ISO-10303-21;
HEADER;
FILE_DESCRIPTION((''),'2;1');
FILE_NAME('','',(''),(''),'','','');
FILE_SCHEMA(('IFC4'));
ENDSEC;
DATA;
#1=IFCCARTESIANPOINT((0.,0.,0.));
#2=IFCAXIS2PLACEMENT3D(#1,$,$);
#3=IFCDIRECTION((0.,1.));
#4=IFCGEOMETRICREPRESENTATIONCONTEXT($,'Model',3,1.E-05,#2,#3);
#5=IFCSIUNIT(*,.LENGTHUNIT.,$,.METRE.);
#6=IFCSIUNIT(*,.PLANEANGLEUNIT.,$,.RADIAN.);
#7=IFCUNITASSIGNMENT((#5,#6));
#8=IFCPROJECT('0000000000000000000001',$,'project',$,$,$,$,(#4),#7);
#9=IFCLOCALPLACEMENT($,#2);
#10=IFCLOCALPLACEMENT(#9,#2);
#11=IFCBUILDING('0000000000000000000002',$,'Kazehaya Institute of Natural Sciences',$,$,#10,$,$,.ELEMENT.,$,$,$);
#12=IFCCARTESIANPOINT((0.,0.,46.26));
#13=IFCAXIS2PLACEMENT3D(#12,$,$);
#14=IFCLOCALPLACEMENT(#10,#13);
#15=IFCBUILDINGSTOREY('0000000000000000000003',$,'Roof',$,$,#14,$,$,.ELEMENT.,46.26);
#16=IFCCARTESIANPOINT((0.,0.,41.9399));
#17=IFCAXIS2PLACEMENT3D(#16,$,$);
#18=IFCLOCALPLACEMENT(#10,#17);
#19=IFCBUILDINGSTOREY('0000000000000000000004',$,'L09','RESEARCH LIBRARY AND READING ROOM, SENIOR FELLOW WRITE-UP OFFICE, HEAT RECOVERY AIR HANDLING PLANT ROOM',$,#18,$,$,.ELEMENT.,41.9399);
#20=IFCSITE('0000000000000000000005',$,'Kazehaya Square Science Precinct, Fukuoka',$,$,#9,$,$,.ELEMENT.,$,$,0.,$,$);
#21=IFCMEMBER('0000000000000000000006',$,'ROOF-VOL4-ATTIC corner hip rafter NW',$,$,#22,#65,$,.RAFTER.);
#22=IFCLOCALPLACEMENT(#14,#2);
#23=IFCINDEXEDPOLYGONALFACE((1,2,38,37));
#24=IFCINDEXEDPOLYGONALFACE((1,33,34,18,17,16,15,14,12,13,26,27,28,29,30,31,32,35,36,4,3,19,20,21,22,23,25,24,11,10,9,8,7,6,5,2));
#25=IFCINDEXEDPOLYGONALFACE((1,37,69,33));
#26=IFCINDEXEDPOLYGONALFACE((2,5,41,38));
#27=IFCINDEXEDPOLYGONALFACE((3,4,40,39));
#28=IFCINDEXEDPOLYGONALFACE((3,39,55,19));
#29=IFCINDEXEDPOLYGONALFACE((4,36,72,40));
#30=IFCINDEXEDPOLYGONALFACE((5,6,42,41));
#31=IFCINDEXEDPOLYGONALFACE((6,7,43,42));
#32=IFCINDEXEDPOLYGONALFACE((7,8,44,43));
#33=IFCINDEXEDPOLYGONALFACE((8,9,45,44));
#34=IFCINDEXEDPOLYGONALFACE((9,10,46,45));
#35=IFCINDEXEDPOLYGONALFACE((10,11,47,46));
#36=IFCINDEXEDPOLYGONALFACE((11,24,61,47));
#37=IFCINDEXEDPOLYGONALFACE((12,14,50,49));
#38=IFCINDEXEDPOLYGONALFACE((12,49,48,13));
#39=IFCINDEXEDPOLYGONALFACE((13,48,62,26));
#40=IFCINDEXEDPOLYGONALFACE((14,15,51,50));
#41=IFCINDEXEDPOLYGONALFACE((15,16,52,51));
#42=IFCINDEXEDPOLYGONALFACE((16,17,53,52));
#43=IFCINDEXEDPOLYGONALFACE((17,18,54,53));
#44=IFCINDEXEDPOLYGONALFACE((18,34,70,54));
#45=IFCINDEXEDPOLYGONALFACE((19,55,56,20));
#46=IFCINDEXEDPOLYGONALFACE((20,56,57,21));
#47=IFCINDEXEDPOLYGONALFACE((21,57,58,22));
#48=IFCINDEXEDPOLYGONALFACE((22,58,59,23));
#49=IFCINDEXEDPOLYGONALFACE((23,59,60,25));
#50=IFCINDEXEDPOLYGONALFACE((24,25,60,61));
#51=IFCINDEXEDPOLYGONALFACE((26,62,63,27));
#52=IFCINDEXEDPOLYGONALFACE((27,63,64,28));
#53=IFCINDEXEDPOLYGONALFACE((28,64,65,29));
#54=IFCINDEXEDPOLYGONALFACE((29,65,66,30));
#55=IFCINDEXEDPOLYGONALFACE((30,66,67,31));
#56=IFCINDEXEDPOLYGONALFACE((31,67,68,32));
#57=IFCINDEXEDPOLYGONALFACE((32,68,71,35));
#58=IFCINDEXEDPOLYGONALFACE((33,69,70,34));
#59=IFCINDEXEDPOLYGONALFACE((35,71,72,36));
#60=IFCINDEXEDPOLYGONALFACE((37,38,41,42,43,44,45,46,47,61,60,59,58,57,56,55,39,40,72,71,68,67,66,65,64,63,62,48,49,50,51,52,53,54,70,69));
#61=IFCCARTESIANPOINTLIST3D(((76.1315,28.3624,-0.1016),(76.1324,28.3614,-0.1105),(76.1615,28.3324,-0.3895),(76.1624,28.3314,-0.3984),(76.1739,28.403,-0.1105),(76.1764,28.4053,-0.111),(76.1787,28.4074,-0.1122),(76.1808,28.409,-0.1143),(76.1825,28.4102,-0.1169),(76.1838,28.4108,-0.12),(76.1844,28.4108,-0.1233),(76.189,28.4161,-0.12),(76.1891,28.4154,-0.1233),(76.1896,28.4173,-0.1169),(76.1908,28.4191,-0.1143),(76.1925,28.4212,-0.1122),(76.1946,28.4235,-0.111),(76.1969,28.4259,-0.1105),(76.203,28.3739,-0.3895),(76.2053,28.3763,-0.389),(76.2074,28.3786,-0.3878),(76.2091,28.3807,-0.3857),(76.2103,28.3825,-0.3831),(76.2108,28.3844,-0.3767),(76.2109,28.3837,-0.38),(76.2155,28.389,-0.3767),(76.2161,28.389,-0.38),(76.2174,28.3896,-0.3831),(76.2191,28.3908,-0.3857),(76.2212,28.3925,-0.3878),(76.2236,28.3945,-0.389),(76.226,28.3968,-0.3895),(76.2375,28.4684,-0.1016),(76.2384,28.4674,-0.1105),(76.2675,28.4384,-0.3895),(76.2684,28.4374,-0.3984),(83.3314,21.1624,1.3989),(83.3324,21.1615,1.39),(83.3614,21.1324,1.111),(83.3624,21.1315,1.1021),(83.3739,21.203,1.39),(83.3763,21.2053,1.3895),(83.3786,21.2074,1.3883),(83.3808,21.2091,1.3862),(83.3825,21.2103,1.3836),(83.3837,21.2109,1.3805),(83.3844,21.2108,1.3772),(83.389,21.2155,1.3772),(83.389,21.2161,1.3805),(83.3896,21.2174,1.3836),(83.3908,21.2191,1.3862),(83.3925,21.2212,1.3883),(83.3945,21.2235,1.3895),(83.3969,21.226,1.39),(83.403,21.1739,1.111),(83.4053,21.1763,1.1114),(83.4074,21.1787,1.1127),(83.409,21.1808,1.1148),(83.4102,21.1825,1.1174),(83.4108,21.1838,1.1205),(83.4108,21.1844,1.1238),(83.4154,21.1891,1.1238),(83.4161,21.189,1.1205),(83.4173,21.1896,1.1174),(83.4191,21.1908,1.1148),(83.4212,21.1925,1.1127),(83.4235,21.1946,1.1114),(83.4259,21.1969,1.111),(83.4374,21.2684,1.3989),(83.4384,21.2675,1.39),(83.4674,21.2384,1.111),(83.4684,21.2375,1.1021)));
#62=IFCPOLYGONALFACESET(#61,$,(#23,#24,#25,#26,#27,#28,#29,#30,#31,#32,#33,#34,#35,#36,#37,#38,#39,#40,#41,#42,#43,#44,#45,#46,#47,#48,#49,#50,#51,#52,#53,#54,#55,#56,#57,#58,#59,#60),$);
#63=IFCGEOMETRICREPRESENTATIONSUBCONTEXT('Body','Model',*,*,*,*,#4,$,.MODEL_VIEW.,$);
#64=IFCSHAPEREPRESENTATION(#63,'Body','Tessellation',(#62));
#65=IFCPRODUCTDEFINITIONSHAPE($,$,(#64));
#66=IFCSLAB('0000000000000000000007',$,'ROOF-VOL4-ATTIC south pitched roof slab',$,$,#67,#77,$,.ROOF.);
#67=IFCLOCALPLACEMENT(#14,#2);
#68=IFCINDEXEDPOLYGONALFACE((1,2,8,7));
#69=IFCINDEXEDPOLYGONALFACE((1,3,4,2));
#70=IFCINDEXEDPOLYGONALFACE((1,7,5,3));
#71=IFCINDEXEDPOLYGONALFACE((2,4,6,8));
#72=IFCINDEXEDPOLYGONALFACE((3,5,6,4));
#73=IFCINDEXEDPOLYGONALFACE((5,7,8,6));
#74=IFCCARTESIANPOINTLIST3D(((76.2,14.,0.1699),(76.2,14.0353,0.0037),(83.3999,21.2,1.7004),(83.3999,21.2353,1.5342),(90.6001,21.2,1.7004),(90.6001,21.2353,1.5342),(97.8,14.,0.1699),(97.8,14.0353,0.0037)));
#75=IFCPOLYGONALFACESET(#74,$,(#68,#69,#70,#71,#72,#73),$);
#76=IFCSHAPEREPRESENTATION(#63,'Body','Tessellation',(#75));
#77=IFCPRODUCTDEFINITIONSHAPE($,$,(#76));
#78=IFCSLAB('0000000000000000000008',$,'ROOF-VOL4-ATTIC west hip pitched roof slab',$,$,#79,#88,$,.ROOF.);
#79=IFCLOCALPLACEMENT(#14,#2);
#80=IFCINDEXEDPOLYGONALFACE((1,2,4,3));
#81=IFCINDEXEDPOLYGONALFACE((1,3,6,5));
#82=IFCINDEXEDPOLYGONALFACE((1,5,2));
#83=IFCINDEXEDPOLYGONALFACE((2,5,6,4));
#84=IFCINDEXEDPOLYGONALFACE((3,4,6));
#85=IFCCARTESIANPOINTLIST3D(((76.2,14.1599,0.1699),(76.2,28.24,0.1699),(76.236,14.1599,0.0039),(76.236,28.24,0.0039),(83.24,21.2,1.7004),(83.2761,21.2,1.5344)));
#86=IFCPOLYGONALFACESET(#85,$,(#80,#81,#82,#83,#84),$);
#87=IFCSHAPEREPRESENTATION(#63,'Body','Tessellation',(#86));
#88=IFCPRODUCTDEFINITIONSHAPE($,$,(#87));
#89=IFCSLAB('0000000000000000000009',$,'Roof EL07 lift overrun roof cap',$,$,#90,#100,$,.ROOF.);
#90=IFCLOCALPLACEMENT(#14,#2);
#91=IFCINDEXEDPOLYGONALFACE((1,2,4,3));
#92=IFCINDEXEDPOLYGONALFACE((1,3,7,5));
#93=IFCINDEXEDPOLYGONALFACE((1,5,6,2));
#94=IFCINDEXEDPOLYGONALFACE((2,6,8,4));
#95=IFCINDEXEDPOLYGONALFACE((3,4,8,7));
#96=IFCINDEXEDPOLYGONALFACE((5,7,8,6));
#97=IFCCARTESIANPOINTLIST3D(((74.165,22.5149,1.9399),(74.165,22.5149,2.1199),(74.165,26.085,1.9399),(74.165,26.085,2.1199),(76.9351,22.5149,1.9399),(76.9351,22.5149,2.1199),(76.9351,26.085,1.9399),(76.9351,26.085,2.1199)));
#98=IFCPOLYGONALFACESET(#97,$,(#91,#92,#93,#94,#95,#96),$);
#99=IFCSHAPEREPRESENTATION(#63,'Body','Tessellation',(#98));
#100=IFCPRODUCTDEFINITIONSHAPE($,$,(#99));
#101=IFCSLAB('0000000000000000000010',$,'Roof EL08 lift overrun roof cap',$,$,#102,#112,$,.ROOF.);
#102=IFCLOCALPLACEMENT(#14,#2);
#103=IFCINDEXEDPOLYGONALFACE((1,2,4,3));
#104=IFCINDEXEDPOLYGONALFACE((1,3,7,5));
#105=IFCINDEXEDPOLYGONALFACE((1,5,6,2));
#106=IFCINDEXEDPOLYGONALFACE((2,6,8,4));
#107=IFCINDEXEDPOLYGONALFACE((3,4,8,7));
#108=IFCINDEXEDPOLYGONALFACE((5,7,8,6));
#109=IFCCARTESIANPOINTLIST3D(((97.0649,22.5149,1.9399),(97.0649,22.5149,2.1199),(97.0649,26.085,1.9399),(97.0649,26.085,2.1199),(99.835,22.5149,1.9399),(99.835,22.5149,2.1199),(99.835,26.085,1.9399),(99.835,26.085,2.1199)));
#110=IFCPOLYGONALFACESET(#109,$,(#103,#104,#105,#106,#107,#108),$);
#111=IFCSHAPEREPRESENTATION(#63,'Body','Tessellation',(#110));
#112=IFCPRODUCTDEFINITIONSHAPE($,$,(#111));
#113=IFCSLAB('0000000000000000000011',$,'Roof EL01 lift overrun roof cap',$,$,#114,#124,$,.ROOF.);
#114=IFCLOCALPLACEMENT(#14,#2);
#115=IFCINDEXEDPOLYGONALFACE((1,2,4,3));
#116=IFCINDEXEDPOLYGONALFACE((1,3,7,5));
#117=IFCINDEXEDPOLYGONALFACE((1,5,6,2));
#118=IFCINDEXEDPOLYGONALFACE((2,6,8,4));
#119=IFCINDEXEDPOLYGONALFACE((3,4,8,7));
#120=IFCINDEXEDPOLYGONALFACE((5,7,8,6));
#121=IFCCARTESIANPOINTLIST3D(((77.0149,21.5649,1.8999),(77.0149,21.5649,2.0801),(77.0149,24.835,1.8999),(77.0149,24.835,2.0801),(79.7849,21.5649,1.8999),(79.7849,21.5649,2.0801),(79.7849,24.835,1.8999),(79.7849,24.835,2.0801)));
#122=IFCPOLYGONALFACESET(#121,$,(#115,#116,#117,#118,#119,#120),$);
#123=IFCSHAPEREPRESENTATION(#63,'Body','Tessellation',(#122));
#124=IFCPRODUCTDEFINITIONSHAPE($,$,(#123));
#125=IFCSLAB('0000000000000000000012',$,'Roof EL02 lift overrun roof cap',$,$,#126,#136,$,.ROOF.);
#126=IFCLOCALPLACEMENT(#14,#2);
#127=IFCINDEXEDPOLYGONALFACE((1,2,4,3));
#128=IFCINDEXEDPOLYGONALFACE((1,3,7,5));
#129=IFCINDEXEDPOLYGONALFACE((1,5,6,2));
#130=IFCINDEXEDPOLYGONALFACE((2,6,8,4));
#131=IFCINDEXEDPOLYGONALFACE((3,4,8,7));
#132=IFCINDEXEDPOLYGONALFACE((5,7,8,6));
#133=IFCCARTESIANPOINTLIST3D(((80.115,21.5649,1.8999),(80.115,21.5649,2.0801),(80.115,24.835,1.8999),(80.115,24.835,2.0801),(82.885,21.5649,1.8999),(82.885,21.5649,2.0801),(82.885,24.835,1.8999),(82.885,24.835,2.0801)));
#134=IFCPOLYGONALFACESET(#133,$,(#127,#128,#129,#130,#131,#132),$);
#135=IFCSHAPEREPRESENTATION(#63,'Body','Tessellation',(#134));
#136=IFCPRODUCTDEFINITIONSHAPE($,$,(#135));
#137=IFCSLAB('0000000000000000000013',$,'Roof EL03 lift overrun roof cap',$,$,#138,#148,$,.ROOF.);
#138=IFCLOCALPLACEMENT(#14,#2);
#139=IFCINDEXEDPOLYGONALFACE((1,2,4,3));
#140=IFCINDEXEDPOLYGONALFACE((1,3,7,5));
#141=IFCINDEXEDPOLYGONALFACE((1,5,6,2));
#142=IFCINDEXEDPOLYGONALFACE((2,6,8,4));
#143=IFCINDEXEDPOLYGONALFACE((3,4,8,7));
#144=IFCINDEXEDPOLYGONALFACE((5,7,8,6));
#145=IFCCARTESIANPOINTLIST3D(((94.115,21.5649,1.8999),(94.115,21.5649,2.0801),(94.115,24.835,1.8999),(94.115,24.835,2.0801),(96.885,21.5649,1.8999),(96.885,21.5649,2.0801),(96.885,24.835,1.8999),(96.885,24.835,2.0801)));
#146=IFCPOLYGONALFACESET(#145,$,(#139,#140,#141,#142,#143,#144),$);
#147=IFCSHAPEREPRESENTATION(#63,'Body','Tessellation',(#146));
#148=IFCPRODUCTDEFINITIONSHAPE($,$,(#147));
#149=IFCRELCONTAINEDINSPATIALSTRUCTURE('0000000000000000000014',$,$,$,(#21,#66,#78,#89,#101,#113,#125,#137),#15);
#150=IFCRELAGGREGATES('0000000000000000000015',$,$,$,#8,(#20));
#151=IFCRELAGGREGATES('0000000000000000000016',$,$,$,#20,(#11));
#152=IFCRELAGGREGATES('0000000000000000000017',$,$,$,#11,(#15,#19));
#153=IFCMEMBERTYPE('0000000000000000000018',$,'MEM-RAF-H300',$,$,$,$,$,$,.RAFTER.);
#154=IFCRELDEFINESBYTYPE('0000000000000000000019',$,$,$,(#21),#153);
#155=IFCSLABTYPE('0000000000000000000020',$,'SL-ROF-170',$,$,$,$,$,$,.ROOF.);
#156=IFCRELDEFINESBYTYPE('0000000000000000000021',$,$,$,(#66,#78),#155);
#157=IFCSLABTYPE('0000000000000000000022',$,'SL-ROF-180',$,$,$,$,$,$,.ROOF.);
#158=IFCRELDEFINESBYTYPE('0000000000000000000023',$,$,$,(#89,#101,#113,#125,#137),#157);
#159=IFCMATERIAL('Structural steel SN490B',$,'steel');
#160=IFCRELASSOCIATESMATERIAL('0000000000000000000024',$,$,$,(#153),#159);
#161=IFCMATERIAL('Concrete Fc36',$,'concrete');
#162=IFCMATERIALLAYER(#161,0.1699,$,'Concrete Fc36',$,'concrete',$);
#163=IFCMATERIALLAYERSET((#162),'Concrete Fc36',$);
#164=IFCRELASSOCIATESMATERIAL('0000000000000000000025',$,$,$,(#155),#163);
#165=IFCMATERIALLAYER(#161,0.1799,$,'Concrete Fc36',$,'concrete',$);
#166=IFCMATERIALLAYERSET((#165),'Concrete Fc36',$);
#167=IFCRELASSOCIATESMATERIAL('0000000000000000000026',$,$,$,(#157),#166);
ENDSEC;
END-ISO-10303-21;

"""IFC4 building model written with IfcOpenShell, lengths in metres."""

from ifc_helpers import new_model, si_unit, direction, frame, origin, origin_2d, place, context, subcontext, project, spatial, polyline, i_section, outline, extrude, material, layer, layer_set, material_profile, profile_set, type_object, element, save


model = new_model("IFC4")

# Units and contexts
model_context = context("Model", 3, precision=1e-05, world=origin(), true_north=direction((0.0, 1.0)))
body_context = subcontext(model_context, "Body", "Model", "MODEL_VIEW")
ifc_project = project(units=[si_unit("LENGTHUNIT", "METRE"), si_unit("PLANEANGLEUNIT", "RADIAN")], contexts=[model_context])

# Site, building, storey
site_placement = place(None, origin())
site = spatial("IfcSite", under=ifc_project, at=site_placement, Name="Kazehaya Square Science Precinct, Fukuoka", CompositionType="ELEMENT", RefElevation=0.0)
building_placement = place(site_placement, origin())
building = spatial("IfcBuilding", under=site, at=building_placement, Name="Kazehaya Institute of Natural Sciences", CompositionType="ELEMENT")
storey_1_placement = place(building_placement, frame((0.0, 0.0, 46.26)))
storey_1 = spatial("IfcBuildingStorey", under=building, at=storey_1_placement, Name="Roof", CompositionType="ELEMENT", Elevation=46.26)

# Member
ifc_material_1 = material(Name="Structural steel SN490B", Category="steel")
ifc_material_profile_1 = material_profile(ifc_material_1, i_section(OverallWidth=0.1499, OverallDepth=0.3, WebThickness=0.0066, FlangeThickness=0.009, FilletRadius=0.0129, at=origin_2d()), Name="H-300x150x6.5x9")
ifc_profile_set_1 = profile_set([ifc_material_profile_1], Name="Structural steel SN490B")
member_type_1 = type_object("IfcMemberType", Name="MEM-RAF-H300", PredefinedType="RAFTER", material=ifc_profile_set_1)
for number, where, z_axis, x_axis, name in (
    (1, (76.2, 28.3999, -0.25), (0.699552, -0.699552, 0.145788), (0.707107, 0.707107, 0.0), "ROOF-VOL4-ATTIC corner hip rafter NW"),
):
    element("IfcMember", number, at=place(storey_1_placement, frame(where, z_axis=z_axis, x_axis=x_axis)), inside=storey_1, type_object=member_type_1, Name=name, PredefinedType="RAFTER", context=body_context, shape_type="SweptSolid", body=[
        extrude(i_section(OverallWidth=0.1499, OverallDepth=0.3, WebThickness=0.0066, FlangeThickness=0.009, FilletRadius=0.0129, at=origin_2d()), origin(), (0.0, 0.0, 1.0), 10.2922),
    ])

# Slabs
ifc_material_2 = material(Name="Concrete Fc36", Category="concrete")
ifc_layer_1 = layer(ifc_material_2, 0.1699, Name="Concrete Fc36", Category="concrete")
ifc_layer_set_1 = layer_set([ifc_layer_1], Name="Concrete Fc36")
slab_type_1 = type_object("IfcSlabType", Name="SL-ROF-170", PredefinedType="ROOF", material=ifc_layer_set_1)
slab_1_placement = place(storey_1_placement, frame((76.2, 14.0, 0.1699), z_axis=(0.0, -0.207927, 0.978144), x_axis=(1.0, 0.0, 0.0)))
element("IfcSlab", 2, at=slab_1_placement, inside=storey_1, type_object=slab_type_1, Name="ROOF-VOL4-ATTIC south pitched roof slab", PredefinedType="ROOF", context=body_context, shape_type="SweptSolid", body=[
    extrude(outline(polyline([(0.0, 0.0), (21.6001, 0.0), (14.4001, 7.3608), (7.2, 7.3608), (0.0, 0.0)])), origin(), (0.0, 0.0, -1.0), 0.1699),
])
slab_2_placement = place(storey_1_placement, frame((76.2, 28.24, 0.1699), z_axis=(-0.212439, 0.0, 0.977174), x_axis=(0.0, -1.0, 0.0)))
element("IfcSlab", 3, at=slab_2_placement, inside=storey_1, type_object=slab_type_1, Name="ROOF-VOL4-ATTIC west hip pitched roof slab", PredefinedType="ROOF", context=body_context, shape_type="SweptSolid", body=[
    extrude(outline(polyline([(0.0, 0.0), (14.0801, 0.0), (7.04, 7.2045), (0.0, 0.0)])), origin(), (0.0, 0.0, -1.0), 0.1699),
])
ifc_layer_2 = layer(ifc_material_2, 0.1799, Name="Concrete Fc36", Category="concrete")
ifc_layer_set_2 = layer_set([ifc_layer_2], Name="Concrete Fc36")
slab_type_2 = type_object("IfcSlabType", Name="SL-ROF-180", PredefinedType="ROOF", material=ifc_layer_set_2)
slab_3_placement = place(storey_1_placement, frame((0.0, 0.0, 1.9399)))
element("IfcSlab", 4, at=slab_3_placement, inside=storey_1, type_object=slab_type_2, Name="Roof EL07 lift overrun roof cap", PredefinedType="ROOF", context=body_context, shape_type="SweptSolid", body=[
    extrude(outline(polyline([(74.165, 22.5149), (76.9351, 22.5149), (76.9351, 26.085), (74.165, 26.085), (74.165, 22.5149)])), origin(), (0.0, 0.0, 1.0), 0.1799),
])
slab_4_placement = place(storey_1_placement, frame((0.0, 0.0, 1.9399)))
element("IfcSlab", 5, at=slab_4_placement, inside=storey_1, type_object=slab_type_2, Name="Roof EL08 lift overrun roof cap", PredefinedType="ROOF", context=body_context, shape_type="SweptSolid", body=[
    extrude(outline(polyline([(97.0649, 22.5149), (99.835, 22.5149), (99.835, 26.085), (97.0649, 26.085), (97.0649, 22.5149)])), origin(), (0.0, 0.0, 1.0), 0.1799),
])
slab_5_placement = place(storey_1_placement, frame((0.0, 0.0, 1.8999)))
element("IfcSlab", 6, at=slab_5_placement, inside=storey_1, type_object=slab_type_2, Name="Roof EL01 lift overrun roof cap", PredefinedType="ROOF", context=body_context, shape_type="SweptSolid", body=[
    extrude(outline(polyline([(77.0149, 21.5649), (79.7849, 21.5649), (79.7849, 24.835), (77.0149, 24.835), (77.0149, 21.5649)])), origin(), (0.0, 0.0, 1.0), 0.1802),
])
slab_6_placement = place(storey_1_placement, frame((0.0, 0.0, 1.8999)))
element("IfcSlab", 7, at=slab_6_placement, inside=storey_1, type_object=slab_type_2, Name="Roof EL02 lift overrun roof cap", PredefinedType="ROOF", context=body_context, shape_type="SweptSolid", body=[
    extrude(outline(polyline([(80.115, 21.5649), (82.885, 21.5649), (82.885, 24.835), (80.115, 24.835), (80.115, 21.5649)])), origin(), (0.0, 0.0, 1.0), 0.1802),
])
slab_7_placement = place(storey_1_placement, frame((0.0, 0.0, 1.8999)))
element("IfcSlab", 8, at=slab_7_placement, inside=storey_1, type_object=slab_type_2, Name="Roof EL03 lift overrun roof cap", PredefinedType="ROOF", context=body_context, shape_type="SweptSolid", body=[
    extrude(outline(polyline([(94.115, 21.5649), (96.885, 21.5649), (96.885, 24.835), (94.115, 24.835), (94.115, 21.5649)])), origin(), (0.0, 0.0, 1.0), 0.1802),
])

# Shared definitions
storey_2_placement = place(building_placement, frame((0.0, 0.0, 41.9399)))
storey_2 = spatial("IfcBuildingStorey", under=building, at=storey_2_placement, Name="L09", Description="RESEARCH LIBRARY AND READING ROOM, SENIOR FELLOW WRITE-UP OFFICE, HEAT RECOVERY AIR HANDLING PLANT ROOM", CompositionType="ELEMENT", Elevation=41.9399)

save(model, "model.ifc")
